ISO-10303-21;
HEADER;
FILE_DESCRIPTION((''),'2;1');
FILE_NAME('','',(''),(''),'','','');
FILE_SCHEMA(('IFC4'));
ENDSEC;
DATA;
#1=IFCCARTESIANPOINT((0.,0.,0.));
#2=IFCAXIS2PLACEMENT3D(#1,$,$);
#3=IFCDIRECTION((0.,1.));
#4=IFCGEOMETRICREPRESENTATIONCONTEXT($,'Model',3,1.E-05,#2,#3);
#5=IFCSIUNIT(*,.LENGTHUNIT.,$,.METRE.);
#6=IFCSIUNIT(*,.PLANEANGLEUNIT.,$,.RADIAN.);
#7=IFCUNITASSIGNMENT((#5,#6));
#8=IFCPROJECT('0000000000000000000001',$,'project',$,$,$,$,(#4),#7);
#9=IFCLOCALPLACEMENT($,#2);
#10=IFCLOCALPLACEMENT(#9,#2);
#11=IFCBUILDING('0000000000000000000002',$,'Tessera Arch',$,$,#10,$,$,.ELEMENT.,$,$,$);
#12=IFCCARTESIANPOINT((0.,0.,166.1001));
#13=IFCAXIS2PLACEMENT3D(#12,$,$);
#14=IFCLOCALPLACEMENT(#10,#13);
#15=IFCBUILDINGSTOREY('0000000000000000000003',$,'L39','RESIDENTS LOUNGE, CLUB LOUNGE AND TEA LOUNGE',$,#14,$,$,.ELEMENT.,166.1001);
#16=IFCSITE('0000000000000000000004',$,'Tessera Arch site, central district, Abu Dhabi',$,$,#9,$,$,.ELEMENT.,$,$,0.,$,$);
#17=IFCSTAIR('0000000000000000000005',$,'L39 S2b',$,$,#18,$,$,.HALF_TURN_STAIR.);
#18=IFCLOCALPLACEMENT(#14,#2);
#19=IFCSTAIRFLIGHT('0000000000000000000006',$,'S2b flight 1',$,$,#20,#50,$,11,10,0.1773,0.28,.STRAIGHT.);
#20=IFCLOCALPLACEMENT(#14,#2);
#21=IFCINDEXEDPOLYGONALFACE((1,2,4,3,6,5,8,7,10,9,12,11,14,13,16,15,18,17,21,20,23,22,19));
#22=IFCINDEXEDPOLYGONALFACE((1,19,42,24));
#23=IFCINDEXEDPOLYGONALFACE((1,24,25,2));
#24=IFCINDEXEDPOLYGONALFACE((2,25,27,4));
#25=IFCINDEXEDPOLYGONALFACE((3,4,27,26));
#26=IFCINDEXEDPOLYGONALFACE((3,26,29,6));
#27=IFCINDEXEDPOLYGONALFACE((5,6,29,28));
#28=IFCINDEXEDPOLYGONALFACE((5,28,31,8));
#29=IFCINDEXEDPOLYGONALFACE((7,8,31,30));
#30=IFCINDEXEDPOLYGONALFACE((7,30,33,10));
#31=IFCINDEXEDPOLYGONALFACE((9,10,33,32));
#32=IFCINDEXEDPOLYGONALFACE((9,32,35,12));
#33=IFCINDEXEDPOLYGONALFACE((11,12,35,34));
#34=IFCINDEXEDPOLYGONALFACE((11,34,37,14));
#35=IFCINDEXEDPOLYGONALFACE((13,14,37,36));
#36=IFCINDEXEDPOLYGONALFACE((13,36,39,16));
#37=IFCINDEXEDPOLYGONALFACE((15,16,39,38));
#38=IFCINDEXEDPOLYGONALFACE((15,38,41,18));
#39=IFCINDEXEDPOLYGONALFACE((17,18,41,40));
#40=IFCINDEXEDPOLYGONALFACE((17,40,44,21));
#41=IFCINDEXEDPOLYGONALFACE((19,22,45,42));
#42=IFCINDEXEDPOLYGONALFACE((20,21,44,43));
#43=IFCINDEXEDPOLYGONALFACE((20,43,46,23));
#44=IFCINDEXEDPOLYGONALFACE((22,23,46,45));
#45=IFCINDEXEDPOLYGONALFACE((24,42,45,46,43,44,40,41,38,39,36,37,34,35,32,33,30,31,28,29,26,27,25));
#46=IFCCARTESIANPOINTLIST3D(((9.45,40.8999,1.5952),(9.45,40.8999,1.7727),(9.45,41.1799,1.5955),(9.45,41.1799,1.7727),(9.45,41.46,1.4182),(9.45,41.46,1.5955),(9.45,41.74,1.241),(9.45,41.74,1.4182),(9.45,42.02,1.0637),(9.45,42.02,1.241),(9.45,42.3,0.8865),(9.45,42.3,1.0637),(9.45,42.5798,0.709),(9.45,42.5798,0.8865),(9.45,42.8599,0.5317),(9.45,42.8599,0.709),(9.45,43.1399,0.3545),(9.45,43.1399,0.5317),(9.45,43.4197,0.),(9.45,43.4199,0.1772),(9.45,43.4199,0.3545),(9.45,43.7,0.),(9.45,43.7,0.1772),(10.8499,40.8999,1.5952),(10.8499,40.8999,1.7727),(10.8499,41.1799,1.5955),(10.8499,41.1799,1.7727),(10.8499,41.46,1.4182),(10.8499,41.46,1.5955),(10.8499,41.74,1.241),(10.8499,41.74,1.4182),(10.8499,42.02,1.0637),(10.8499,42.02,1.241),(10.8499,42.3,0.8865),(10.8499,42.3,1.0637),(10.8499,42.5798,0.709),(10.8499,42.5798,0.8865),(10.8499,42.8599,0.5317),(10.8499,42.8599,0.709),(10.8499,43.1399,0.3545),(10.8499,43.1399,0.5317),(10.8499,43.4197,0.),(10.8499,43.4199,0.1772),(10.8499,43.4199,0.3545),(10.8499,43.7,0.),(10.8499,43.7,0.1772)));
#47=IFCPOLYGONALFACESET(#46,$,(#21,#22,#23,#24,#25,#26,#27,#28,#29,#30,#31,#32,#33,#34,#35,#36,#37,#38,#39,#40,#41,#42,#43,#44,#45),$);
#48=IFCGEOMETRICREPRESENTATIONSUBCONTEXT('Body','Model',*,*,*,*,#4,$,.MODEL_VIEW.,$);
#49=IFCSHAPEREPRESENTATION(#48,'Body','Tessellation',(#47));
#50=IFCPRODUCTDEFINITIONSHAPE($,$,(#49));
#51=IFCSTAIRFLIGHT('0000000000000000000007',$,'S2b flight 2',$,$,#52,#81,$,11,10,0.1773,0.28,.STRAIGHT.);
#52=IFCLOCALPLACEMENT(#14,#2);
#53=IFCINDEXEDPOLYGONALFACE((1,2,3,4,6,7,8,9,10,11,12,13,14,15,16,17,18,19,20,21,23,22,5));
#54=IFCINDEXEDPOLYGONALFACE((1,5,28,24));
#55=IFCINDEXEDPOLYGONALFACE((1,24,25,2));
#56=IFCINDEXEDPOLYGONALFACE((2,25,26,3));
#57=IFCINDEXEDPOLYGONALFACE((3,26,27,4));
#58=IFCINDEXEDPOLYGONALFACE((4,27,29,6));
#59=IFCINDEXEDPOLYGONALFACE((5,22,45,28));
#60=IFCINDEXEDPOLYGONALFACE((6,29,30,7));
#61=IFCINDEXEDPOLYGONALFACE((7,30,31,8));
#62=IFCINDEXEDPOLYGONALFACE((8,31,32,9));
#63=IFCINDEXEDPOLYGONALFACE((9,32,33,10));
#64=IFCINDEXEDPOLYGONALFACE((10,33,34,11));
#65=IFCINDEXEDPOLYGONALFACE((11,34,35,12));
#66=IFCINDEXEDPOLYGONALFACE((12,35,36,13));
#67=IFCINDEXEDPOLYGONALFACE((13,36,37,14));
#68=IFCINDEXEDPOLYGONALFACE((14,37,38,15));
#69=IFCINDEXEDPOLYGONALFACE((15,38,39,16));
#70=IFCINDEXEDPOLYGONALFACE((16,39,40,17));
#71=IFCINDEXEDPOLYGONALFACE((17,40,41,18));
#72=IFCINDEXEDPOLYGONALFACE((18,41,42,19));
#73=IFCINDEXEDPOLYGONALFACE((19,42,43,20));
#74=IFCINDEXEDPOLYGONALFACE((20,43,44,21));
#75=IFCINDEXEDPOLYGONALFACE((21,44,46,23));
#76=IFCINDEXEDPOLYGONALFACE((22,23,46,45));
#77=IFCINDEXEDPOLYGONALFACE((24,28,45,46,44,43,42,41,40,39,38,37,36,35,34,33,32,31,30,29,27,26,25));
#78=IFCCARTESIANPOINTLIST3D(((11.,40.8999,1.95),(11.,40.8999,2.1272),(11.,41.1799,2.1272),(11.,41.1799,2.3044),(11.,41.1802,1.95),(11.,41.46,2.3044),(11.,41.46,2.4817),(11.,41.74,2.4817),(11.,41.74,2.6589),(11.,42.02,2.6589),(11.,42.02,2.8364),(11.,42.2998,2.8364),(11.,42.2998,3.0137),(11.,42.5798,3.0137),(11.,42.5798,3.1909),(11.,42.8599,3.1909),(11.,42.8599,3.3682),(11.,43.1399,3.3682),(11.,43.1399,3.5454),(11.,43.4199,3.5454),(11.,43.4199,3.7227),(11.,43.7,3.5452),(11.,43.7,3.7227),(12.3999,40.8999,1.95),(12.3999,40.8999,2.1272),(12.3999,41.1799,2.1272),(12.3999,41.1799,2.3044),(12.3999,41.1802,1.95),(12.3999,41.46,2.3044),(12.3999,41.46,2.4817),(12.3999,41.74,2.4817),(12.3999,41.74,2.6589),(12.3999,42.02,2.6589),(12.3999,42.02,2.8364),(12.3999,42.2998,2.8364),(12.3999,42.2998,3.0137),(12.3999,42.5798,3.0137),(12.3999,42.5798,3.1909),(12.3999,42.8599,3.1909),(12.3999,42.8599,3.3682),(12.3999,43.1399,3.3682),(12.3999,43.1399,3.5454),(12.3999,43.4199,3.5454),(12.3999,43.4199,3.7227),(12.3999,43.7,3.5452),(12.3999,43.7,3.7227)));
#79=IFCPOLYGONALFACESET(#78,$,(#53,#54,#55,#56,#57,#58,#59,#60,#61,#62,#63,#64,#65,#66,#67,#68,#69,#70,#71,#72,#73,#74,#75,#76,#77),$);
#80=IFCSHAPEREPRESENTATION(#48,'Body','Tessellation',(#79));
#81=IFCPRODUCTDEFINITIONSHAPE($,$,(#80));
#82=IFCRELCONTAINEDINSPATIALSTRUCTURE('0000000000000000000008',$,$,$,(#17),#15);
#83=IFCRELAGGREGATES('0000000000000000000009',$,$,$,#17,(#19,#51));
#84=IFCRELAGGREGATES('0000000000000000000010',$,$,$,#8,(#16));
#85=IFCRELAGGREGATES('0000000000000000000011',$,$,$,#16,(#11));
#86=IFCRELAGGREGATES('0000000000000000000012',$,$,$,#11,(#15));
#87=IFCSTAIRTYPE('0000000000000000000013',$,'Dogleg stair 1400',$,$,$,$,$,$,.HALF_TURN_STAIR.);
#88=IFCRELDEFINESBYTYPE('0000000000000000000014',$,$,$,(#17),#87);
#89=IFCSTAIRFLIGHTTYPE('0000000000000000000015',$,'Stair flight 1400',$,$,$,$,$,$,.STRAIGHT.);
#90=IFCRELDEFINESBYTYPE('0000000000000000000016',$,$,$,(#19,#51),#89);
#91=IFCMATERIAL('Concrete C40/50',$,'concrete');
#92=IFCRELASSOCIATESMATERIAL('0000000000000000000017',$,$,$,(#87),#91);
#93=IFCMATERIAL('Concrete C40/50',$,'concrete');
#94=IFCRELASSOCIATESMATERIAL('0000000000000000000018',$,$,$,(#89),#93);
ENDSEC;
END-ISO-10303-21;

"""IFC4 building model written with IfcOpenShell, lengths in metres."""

from ifc_helpers import new_model, si_unit, direction, frame, origin, place, context, subcontext, project, spatial, polyline, outline, extrude, material, type_object, element, aggregate, save


model = new_model("IFC4")

# Units and contexts
model_context = context("Model", 3, precision=1e-05, world=origin(), true_north=direction((0.0, 1.0)))
body_context = subcontext(model_context, "Body", "Model", "MODEL_VIEW")
ifc_project = project(units=[si_unit("LENGTHUNIT", "METRE"), si_unit("PLANEANGLEUNIT", "RADIAN")], contexts=[model_context])

# Site, building, storey
site_placement = place(None, origin())
site = spatial("IfcSite", under=ifc_project, at=site_placement, Name="Tessera Arch site, central district, Abu Dhabi", CompositionType="ELEMENT", RefElevation=0.0)
building_placement = place(site_placement, origin())
building = spatial("IfcBuilding", under=site, at=building_placement, Name="Tessera Arch", CompositionType="ELEMENT")
storey_placement = place(building_placement, frame((0.0, 0.0, 166.1001)))
storey = spatial("IfcBuildingStorey", under=building, at=storey_placement, Name="L39", Description="RESIDENTS LOUNGE, CLUB LOUNGE AND TEA LOUNGE", CompositionType="ELEMENT", Elevation=166.1001)

# Stair, stair flights
ifc_material_1 = material(Name="Concrete C40/50", Category="concrete")
stair_type = type_object("IfcStairType", Name="Dogleg stair 1400", PredefinedType="HALF_TURN_STAIR", material=ifc_material_1)
stair_placement = place(storey_placement, origin())
stair = element("IfcStair", 1, at=stair_placement, inside=storey, type_object=stair_type, Name="L39 S2b", PredefinedType="HALF_TURN_STAIR")
ifc_material_2 = material(Name="Concrete C40/50", Category="concrete")
stair_flight_type = type_object("IfcStairFlightType", Name="Stair flight 1400", PredefinedType="STRAIGHT", material=ifc_material_2)
stair_flight_1_placement = place(storey_placement, frame((10.1499, 43.7, 0.0), z_axis=(0.0, 0.0, 1.0), x_axis=(0.0, -1.0, 0.0)))
stair_flight_1 = element("IfcStairFlight", 2, at=stair_flight_1_placement, type_object=stair_flight_type, Name="S2b flight 1", NumberOfRisers=11, NumberOfTreads=10, PredefinedType="STRAIGHT", RiserHeight=0.1773, TreadLength=0.28, context=body_context, shape_type="SweptSolid", body=[
    extrude(outline(polyline([(0.0, 0.0), (0.0, 0.1772), (0.28, 0.1772), (0.28, 0.3545), (0.5601, 0.3545), (0.5601, 0.5317), (0.8401, 0.5317), (0.8401, 0.709), (1.1201, 0.709), (1.1201, 0.8865), (1.3999, 0.8865), (1.3999, 1.0637), (1.6799, 1.0637), (1.6799, 1.241), (1.96, 1.241), (1.96, 1.4182), (2.24, 1.4182), (2.24, 1.5955), (2.52, 1.5955), (2.52, 1.7727), (2.8, 1.7727), (2.8, 1.95), (2.8, 1.5952), (0.2803, 0.0), (0.0, 0.0)])), frame((0.0, 0.7, 0.0), z_axis=(0.0, -1.0, 0.0), x_axis=(1.0, 0.0, 0.0)), (0.0, 0.0, 1.0), 1.3999),
])
stair_flight_2_placement = place(storey_placement, frame((11.7, 40.8999, 1.95), z_axis=(0.0, 0.0, 1.0), x_axis=(0.0, 1.0, 0.0)))
stair_flight_2 = element("IfcStairFlight", 3, at=stair_flight_2_placement, type_object=stair_flight_type, Name="S2b flight 2", NumberOfRisers=11, NumberOfTreads=10, PredefinedType="STRAIGHT", RiserHeight=0.1773, TreadLength=0.28, context=body_context, shape_type="SweptSolid", body=[
    extrude(outline(polyline([(0.0, 0.0), (0.0, 0.1772), (0.28, 0.1772), (0.28, 0.3545), (0.5601, 0.3545), (0.5601, 0.5317), (0.8401, 0.5317), (0.8401, 0.709), (1.1201, 0.709), (1.1201, 0.8865), (1.3999, 0.8865), (1.3999, 1.0637), (1.6799, 1.0637), (1.6799, 1.241), (1.96, 1.241), (1.96, 1.4182), (2.24, 1.4182), (2.24, 1.5955), (2.52, 1.5955), (2.52, 1.7727), (2.8, 1.7727), (2.8, 1.95), (2.8, 1.5952), (0.2803, 0.0), (0.0, 0.0)])), frame((0.0, 0.7, 0.0), z_axis=(0.0, -1.0, 0.0), x_axis=(1.0, 0.0, 0.0)), (0.0, 0.0, 1.0), 1.3999),
])
aggregate(stair, [stair_flight_1, stair_flight_2])

save(model, "model.ifc")
